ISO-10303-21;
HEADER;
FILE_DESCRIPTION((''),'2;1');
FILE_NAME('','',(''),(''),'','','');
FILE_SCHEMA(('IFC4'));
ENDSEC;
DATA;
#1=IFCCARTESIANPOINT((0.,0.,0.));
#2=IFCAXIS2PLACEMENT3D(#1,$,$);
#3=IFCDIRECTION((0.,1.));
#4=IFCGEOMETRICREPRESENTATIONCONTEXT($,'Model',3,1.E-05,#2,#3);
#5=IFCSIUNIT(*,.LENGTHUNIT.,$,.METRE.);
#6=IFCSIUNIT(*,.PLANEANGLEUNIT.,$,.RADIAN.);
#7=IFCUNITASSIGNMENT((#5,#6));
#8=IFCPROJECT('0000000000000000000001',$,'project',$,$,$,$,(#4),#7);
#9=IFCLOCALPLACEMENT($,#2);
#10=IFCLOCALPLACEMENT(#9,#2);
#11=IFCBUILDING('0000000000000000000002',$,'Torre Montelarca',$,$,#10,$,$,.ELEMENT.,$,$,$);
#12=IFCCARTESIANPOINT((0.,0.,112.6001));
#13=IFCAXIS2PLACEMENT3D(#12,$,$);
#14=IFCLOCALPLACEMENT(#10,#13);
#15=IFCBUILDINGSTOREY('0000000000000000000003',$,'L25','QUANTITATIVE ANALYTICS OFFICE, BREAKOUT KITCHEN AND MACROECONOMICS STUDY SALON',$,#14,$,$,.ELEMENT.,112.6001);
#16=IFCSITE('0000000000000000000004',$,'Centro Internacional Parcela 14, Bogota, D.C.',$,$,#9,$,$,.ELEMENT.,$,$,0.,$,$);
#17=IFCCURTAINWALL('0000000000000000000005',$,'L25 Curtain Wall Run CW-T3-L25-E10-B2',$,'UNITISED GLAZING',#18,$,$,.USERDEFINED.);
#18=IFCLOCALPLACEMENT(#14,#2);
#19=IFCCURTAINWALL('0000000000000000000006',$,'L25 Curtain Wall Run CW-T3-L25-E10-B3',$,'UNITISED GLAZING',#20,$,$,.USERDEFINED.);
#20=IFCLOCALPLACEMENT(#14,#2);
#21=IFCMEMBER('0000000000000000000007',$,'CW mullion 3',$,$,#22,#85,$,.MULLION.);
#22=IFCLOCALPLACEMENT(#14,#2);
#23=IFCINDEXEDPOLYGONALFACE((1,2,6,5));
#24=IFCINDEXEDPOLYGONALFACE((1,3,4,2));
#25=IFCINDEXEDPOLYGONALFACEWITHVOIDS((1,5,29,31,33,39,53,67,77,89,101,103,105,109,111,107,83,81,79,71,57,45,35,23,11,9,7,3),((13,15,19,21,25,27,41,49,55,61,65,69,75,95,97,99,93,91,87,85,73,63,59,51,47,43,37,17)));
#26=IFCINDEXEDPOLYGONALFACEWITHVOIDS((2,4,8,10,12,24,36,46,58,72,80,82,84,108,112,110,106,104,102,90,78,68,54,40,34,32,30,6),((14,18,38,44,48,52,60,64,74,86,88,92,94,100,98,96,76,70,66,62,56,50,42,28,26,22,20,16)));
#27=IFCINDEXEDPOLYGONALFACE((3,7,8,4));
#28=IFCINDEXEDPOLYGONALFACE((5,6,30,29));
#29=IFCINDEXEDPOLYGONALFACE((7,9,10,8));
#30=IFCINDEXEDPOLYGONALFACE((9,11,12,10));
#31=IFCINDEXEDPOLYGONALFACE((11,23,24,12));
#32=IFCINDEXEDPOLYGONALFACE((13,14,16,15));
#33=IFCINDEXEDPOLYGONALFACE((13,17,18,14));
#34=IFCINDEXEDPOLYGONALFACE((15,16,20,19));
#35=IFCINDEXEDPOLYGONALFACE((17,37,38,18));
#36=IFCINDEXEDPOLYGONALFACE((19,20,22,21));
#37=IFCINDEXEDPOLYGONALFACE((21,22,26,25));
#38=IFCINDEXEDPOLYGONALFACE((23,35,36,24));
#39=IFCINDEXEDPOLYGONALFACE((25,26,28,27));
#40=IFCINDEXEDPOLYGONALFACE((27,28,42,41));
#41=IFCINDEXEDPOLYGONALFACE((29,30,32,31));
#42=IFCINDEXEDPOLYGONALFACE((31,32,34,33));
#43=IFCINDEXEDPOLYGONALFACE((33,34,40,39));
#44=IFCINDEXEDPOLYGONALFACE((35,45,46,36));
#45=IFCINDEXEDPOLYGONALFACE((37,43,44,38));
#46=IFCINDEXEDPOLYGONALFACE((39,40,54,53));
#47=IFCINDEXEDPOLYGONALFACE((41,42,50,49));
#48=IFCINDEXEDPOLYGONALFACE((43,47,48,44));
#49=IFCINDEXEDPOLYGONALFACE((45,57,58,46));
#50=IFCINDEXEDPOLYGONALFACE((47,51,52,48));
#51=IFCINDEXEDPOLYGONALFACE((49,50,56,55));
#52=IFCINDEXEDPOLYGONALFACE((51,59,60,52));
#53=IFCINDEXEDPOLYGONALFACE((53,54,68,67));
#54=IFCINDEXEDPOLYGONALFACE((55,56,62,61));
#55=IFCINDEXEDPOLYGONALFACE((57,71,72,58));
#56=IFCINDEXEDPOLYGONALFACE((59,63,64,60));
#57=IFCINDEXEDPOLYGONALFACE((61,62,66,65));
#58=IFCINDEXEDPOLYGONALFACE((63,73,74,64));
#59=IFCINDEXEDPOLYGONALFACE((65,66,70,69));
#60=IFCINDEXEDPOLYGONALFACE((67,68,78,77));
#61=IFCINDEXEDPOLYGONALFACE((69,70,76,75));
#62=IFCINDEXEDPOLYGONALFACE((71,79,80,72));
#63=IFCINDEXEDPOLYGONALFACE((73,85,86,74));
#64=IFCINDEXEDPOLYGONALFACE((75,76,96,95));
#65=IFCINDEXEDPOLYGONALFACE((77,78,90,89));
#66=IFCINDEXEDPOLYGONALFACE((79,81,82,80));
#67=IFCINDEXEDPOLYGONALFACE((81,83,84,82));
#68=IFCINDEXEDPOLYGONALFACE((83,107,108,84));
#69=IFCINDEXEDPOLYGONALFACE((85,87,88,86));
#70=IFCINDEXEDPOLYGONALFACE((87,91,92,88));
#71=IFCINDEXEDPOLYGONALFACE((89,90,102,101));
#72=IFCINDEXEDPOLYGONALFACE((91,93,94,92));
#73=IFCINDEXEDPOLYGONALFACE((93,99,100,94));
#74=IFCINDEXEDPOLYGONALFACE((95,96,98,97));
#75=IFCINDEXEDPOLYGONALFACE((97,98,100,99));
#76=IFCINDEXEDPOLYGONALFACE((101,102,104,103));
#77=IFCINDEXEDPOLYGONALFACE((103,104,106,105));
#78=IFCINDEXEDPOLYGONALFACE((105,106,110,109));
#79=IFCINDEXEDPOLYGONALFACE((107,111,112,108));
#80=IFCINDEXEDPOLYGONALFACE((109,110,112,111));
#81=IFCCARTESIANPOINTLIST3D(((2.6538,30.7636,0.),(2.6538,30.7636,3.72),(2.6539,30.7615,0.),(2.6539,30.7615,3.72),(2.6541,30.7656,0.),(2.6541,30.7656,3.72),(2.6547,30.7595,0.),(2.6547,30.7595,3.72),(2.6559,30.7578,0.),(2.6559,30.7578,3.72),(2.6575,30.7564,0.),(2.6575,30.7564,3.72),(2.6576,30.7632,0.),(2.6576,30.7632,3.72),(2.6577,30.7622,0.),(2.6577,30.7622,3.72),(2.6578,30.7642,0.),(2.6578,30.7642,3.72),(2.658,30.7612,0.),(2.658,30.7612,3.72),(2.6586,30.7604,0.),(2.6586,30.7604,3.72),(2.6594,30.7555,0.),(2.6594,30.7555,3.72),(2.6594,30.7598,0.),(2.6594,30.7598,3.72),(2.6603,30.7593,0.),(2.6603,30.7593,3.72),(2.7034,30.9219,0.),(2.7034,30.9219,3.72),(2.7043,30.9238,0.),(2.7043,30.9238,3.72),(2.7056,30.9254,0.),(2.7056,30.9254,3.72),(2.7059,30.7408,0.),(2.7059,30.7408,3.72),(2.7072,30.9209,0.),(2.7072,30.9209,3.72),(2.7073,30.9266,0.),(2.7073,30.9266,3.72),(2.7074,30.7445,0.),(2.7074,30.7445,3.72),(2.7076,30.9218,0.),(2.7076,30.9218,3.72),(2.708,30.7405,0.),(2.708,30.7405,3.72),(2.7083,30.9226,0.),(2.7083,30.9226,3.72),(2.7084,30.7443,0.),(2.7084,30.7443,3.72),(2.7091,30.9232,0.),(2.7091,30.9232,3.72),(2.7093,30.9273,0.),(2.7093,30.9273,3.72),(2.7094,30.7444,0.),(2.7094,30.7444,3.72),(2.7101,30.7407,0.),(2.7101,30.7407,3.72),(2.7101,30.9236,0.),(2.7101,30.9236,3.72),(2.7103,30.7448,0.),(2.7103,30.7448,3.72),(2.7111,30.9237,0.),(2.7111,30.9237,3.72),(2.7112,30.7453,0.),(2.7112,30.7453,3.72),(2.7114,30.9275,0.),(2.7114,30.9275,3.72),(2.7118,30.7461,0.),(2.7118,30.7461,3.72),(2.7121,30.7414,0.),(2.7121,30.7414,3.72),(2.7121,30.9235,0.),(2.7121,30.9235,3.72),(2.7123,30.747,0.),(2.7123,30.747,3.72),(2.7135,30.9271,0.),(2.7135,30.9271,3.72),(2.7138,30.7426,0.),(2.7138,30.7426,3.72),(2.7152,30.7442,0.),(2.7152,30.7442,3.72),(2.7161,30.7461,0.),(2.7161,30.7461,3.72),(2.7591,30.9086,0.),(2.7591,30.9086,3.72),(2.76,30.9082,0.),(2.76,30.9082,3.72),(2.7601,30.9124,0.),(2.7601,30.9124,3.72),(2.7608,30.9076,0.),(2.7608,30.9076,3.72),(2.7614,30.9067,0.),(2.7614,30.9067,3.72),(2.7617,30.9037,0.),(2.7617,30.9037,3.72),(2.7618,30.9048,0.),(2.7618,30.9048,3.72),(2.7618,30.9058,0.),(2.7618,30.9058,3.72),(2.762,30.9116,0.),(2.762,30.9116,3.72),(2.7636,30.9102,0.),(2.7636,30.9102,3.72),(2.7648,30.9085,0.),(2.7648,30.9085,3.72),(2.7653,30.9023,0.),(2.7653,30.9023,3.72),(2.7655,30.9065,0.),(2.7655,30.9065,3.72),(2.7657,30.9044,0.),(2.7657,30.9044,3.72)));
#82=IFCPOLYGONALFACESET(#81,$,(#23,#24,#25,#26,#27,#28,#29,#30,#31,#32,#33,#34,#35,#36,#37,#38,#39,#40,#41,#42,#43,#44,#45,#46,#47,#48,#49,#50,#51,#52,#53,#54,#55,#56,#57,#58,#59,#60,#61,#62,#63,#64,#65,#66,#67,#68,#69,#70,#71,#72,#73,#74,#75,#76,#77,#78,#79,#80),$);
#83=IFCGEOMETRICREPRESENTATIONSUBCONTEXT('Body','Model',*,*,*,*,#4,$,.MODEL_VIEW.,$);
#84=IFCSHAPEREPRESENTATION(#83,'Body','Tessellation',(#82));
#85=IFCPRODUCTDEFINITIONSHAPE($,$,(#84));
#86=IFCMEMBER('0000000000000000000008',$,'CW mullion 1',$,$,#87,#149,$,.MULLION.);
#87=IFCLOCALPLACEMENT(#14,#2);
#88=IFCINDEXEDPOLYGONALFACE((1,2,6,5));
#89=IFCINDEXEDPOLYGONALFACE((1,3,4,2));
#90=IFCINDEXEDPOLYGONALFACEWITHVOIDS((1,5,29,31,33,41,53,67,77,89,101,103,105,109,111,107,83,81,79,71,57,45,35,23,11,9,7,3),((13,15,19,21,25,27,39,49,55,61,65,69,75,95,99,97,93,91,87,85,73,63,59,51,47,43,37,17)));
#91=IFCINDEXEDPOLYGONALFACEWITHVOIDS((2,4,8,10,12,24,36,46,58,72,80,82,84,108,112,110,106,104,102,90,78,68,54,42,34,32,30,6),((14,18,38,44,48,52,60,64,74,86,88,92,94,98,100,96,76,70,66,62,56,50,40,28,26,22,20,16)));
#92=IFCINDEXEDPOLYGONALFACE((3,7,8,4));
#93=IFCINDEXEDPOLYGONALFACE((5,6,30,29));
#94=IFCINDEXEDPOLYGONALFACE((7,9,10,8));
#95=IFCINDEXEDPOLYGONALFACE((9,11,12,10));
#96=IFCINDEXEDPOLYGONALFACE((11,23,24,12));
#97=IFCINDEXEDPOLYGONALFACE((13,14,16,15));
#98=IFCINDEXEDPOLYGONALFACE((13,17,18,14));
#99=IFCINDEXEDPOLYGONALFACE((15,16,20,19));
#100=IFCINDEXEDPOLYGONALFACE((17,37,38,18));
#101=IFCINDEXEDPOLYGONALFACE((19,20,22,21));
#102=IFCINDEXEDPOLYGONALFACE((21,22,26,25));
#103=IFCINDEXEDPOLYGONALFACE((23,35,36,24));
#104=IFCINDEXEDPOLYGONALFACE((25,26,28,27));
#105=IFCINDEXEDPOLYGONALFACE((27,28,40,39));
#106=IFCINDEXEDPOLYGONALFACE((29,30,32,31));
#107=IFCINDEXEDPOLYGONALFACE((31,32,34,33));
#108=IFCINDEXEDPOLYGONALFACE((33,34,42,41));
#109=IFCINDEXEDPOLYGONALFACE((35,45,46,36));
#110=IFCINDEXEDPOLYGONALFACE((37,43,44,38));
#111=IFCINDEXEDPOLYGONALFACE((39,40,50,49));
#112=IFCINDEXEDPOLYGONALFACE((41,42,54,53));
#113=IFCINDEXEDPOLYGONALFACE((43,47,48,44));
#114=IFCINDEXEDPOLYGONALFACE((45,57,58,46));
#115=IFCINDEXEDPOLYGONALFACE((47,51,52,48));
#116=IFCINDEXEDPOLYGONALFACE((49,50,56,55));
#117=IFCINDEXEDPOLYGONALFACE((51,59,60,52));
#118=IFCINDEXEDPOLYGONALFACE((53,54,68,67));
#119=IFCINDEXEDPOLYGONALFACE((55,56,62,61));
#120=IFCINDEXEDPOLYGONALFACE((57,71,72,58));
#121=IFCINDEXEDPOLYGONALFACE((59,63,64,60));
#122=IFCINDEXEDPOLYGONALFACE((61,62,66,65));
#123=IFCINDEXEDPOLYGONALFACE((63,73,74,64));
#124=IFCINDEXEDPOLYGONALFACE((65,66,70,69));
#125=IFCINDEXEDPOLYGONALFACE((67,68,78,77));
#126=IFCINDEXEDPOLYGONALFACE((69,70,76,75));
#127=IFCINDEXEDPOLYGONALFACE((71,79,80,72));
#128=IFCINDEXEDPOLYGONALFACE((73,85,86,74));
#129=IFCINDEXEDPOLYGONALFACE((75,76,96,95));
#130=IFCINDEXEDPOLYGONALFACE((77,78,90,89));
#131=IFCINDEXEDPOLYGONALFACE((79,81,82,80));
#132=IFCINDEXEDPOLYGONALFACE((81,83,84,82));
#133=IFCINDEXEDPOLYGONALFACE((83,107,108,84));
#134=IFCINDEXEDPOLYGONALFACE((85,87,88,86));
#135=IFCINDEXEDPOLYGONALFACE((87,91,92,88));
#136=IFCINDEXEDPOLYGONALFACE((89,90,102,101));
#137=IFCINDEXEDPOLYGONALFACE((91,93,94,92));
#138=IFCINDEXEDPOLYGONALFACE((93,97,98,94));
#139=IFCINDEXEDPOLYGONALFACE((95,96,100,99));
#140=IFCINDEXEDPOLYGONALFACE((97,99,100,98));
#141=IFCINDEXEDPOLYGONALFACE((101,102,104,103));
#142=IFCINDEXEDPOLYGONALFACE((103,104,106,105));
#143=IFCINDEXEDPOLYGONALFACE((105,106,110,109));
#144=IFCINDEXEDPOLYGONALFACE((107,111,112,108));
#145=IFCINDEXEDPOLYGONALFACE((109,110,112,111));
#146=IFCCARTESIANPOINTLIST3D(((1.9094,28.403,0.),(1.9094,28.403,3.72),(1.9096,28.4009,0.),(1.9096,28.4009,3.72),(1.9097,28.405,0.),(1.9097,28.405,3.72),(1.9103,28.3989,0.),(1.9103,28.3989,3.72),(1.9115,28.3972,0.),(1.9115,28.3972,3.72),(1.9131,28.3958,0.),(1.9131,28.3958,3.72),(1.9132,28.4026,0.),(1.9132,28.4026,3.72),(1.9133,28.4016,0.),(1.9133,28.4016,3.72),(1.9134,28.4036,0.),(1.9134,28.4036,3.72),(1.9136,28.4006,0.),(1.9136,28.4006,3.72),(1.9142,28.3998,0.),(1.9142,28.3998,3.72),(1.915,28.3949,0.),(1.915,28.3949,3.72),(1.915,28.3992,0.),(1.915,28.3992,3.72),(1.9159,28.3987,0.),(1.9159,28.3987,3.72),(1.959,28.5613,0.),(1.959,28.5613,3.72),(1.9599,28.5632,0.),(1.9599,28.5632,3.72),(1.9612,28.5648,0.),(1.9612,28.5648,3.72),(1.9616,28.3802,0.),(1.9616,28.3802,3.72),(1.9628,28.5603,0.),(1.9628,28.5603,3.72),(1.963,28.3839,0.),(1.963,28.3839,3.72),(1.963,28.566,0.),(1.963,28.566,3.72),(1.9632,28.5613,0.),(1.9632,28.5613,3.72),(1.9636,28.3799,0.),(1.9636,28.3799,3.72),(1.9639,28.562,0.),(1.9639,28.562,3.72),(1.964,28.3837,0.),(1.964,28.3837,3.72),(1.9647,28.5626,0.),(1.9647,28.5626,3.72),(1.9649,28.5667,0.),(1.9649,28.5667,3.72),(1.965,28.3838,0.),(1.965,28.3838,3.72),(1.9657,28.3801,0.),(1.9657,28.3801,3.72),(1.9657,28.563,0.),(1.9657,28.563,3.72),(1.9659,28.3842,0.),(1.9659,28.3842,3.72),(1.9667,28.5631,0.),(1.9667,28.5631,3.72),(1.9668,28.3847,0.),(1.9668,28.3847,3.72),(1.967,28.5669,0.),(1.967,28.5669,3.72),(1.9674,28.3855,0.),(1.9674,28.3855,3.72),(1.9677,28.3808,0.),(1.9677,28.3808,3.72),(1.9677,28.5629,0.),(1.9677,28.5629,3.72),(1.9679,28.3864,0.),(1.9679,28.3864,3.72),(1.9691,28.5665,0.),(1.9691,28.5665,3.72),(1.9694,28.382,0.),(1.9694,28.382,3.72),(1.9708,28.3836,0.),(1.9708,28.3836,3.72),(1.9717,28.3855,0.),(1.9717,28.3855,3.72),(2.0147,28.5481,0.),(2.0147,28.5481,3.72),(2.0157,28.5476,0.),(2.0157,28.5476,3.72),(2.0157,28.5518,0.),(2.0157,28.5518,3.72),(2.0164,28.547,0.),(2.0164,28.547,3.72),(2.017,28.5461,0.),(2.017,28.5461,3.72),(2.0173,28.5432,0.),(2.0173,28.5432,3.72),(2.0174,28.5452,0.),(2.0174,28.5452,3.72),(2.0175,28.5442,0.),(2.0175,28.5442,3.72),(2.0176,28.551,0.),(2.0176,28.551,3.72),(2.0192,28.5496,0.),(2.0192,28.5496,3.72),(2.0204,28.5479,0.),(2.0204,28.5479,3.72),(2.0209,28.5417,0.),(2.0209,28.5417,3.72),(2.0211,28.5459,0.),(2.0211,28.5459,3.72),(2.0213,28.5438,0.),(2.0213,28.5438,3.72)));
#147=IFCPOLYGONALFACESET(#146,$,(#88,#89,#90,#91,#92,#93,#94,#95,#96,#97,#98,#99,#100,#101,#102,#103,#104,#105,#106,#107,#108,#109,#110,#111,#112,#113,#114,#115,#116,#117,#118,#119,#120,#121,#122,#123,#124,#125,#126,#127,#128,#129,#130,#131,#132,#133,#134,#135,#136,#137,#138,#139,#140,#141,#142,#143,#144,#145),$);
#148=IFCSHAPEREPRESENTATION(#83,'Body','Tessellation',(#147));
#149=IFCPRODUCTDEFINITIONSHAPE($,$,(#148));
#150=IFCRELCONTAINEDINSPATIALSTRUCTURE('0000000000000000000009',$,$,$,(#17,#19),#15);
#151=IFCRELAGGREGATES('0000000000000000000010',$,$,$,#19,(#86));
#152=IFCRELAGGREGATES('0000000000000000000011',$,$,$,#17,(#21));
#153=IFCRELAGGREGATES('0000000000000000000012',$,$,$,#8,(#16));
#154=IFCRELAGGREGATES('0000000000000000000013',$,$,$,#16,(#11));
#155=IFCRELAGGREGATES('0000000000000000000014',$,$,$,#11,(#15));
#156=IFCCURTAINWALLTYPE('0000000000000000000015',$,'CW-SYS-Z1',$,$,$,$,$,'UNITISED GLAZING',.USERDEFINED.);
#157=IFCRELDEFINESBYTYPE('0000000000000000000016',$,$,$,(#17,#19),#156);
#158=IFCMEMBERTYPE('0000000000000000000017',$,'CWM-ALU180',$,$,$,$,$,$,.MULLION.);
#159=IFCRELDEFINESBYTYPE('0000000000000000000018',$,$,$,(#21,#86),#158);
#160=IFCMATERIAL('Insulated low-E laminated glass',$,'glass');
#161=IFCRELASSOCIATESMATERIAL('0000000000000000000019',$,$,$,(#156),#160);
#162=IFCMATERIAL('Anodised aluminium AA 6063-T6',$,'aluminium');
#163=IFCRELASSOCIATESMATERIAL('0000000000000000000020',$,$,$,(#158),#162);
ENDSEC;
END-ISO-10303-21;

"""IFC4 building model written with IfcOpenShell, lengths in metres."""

from ifc_helpers import new_model, si_unit, direction, frame, origin, origin_2d, place, context, subcontext, project, spatial, hollow_rectangle, extrude, source, transform, mapped, material, material_profile, profile_set, type_object, element, aggregate, save


model = new_model("IFC4")

# Units and contexts
model_context = context("Model", 3, precision=1e-05, world=origin(), true_north=direction((0.0, 1.0)))
body_context = subcontext(model_context, "Body", "Model", "MODEL_VIEW")
ifc_project = project(units=[si_unit("LENGTHUNIT", "METRE"), si_unit("PLANEANGLEUNIT", "RADIAN")], contexts=[model_context])

# Site, building, storey
site_placement = place(None, origin())
site = spatial("IfcSite", under=ifc_project, at=site_placement, Name="Centro Internacional Parcela 14, Bogota, D.C.", CompositionType="ELEMENT", RefElevation=0.0)
building_placement = place(site_placement, origin())
building = spatial("IfcBuilding", under=site, at=building_placement, Name="Torre Montelarca", CompositionType="ELEMENT")
storey_placement = place(building_placement, frame((0.0, 0.0, 112.6001)))
storey = spatial("IfcBuildingStorey", under=building, at=storey_placement, Name="L25", Description="QUANTITATIVE ANALYTICS OFFICE, BREAKOUT KITCHEN AND MACROECONOMICS STUDY SALON", CompositionType="ELEMENT", Elevation=112.6001)

# Curtain walls
ifc_material_1 = material(Name="Insulated low-E laminated glass", Category="glass")
curtain_wall_type = type_object("IfcCurtainWallType", Name="CW-SYS-Z1", ElementType="UNITISED GLAZING", PredefinedType="USERDEFINED", material=ifc_material_1)
curtain_wall_1_placement = place(storey_placement, origin())
curtain_wall_1 = element("IfcCurtainWall", 1, at=curtain_wall_1_placement, inside=storey, type_object=curtain_wall_type, Name="L25 Curtain Wall Run CW-T3-L25-E10-B2", ObjectType="UNITISED GLAZING", PredefinedType="USERDEFINED")
ifc_material_2 = material(Name="Anodised aluminium AA 6063-T6", Category="aluminium")
curtain_wall_2_placement = place(storey_placement, origin())
curtain_wall_2 = element("IfcCurtainWall", 2, at=curtain_wall_2_placement, inside=storey, type_object=curtain_wall_type, Name="L25 Curtain Wall Run CW-T3-L25-E10-B3", ObjectType="UNITISED GLAZING", PredefinedType="USERDEFINED")

# Members
ifc_material_profile_1 = material_profile(ifc_material_2, hollow_rectangle(XDim=0.0649, YDim=0.1799, WallThickness=0.0039, InnerFilletRadius=0.0039, OuterFilletRadius=0.0081, at=origin_2d()), Name="ALU65X180X4", Category="aluminium")
ifc_profile_set_1 = profile_set([ifc_material_profile_1], Name="Anodised aluminium AA 6063-T6")
member_type_1 = type_object("IfcMemberType", Name="CWM-ALU180", PredefinedType="MULLION", material=ifc_profile_set_1)
shared_shape_1 = source(origin(), body_context, "Body", "SweptSolid", [
    extrude(hollow_rectangle(XDim=0.0649, YDim=0.1799, WallThickness=0.0039, InnerFilletRadius=0.0039, OuterFilletRadius=0.0081, at=origin_2d()), origin(), (0.0, 0.0, 1.0), 3.72),
])
member_1_placement = place(storey_placement, frame((2.7097, 30.834, 0.0), z_axis=(0.0, 0.0, 1.0), x_axis=(0.953717, -0.300706, 0.0)))
member_1 = element("IfcMember", 3, at=member_1_placement, type_object=member_type_1, Name="CW mullion 3", PredefinedType="MULLION", context=body_context, shape_type="MappedRepresentation", body=[
    mapped(shared_shape_1, transform((0.0, 0.0, 0.0), scale=1.0)),
])
member_2_placement = place(storey_placement, frame((1.9653, 28.4734, 0.0), z_axis=(0.0, 0.0, 1.0), x_axis=(0.953717, -0.300705, 0.0)))
member_2 = element("IfcMember", 4, at=member_2_placement, type_object=member_type_1, Name="CW mullion 1", PredefinedType="MULLION", context=body_context, shape_type="MappedRepresentation", body=[
    mapped(shared_shape_1, transform((0.0, 0.0, 0.0), scale=1.0)),
])

aggregate(curtain_wall_2, [member_2])
aggregate(curtain_wall_1, [member_1])

save(model, "model.ifc")
